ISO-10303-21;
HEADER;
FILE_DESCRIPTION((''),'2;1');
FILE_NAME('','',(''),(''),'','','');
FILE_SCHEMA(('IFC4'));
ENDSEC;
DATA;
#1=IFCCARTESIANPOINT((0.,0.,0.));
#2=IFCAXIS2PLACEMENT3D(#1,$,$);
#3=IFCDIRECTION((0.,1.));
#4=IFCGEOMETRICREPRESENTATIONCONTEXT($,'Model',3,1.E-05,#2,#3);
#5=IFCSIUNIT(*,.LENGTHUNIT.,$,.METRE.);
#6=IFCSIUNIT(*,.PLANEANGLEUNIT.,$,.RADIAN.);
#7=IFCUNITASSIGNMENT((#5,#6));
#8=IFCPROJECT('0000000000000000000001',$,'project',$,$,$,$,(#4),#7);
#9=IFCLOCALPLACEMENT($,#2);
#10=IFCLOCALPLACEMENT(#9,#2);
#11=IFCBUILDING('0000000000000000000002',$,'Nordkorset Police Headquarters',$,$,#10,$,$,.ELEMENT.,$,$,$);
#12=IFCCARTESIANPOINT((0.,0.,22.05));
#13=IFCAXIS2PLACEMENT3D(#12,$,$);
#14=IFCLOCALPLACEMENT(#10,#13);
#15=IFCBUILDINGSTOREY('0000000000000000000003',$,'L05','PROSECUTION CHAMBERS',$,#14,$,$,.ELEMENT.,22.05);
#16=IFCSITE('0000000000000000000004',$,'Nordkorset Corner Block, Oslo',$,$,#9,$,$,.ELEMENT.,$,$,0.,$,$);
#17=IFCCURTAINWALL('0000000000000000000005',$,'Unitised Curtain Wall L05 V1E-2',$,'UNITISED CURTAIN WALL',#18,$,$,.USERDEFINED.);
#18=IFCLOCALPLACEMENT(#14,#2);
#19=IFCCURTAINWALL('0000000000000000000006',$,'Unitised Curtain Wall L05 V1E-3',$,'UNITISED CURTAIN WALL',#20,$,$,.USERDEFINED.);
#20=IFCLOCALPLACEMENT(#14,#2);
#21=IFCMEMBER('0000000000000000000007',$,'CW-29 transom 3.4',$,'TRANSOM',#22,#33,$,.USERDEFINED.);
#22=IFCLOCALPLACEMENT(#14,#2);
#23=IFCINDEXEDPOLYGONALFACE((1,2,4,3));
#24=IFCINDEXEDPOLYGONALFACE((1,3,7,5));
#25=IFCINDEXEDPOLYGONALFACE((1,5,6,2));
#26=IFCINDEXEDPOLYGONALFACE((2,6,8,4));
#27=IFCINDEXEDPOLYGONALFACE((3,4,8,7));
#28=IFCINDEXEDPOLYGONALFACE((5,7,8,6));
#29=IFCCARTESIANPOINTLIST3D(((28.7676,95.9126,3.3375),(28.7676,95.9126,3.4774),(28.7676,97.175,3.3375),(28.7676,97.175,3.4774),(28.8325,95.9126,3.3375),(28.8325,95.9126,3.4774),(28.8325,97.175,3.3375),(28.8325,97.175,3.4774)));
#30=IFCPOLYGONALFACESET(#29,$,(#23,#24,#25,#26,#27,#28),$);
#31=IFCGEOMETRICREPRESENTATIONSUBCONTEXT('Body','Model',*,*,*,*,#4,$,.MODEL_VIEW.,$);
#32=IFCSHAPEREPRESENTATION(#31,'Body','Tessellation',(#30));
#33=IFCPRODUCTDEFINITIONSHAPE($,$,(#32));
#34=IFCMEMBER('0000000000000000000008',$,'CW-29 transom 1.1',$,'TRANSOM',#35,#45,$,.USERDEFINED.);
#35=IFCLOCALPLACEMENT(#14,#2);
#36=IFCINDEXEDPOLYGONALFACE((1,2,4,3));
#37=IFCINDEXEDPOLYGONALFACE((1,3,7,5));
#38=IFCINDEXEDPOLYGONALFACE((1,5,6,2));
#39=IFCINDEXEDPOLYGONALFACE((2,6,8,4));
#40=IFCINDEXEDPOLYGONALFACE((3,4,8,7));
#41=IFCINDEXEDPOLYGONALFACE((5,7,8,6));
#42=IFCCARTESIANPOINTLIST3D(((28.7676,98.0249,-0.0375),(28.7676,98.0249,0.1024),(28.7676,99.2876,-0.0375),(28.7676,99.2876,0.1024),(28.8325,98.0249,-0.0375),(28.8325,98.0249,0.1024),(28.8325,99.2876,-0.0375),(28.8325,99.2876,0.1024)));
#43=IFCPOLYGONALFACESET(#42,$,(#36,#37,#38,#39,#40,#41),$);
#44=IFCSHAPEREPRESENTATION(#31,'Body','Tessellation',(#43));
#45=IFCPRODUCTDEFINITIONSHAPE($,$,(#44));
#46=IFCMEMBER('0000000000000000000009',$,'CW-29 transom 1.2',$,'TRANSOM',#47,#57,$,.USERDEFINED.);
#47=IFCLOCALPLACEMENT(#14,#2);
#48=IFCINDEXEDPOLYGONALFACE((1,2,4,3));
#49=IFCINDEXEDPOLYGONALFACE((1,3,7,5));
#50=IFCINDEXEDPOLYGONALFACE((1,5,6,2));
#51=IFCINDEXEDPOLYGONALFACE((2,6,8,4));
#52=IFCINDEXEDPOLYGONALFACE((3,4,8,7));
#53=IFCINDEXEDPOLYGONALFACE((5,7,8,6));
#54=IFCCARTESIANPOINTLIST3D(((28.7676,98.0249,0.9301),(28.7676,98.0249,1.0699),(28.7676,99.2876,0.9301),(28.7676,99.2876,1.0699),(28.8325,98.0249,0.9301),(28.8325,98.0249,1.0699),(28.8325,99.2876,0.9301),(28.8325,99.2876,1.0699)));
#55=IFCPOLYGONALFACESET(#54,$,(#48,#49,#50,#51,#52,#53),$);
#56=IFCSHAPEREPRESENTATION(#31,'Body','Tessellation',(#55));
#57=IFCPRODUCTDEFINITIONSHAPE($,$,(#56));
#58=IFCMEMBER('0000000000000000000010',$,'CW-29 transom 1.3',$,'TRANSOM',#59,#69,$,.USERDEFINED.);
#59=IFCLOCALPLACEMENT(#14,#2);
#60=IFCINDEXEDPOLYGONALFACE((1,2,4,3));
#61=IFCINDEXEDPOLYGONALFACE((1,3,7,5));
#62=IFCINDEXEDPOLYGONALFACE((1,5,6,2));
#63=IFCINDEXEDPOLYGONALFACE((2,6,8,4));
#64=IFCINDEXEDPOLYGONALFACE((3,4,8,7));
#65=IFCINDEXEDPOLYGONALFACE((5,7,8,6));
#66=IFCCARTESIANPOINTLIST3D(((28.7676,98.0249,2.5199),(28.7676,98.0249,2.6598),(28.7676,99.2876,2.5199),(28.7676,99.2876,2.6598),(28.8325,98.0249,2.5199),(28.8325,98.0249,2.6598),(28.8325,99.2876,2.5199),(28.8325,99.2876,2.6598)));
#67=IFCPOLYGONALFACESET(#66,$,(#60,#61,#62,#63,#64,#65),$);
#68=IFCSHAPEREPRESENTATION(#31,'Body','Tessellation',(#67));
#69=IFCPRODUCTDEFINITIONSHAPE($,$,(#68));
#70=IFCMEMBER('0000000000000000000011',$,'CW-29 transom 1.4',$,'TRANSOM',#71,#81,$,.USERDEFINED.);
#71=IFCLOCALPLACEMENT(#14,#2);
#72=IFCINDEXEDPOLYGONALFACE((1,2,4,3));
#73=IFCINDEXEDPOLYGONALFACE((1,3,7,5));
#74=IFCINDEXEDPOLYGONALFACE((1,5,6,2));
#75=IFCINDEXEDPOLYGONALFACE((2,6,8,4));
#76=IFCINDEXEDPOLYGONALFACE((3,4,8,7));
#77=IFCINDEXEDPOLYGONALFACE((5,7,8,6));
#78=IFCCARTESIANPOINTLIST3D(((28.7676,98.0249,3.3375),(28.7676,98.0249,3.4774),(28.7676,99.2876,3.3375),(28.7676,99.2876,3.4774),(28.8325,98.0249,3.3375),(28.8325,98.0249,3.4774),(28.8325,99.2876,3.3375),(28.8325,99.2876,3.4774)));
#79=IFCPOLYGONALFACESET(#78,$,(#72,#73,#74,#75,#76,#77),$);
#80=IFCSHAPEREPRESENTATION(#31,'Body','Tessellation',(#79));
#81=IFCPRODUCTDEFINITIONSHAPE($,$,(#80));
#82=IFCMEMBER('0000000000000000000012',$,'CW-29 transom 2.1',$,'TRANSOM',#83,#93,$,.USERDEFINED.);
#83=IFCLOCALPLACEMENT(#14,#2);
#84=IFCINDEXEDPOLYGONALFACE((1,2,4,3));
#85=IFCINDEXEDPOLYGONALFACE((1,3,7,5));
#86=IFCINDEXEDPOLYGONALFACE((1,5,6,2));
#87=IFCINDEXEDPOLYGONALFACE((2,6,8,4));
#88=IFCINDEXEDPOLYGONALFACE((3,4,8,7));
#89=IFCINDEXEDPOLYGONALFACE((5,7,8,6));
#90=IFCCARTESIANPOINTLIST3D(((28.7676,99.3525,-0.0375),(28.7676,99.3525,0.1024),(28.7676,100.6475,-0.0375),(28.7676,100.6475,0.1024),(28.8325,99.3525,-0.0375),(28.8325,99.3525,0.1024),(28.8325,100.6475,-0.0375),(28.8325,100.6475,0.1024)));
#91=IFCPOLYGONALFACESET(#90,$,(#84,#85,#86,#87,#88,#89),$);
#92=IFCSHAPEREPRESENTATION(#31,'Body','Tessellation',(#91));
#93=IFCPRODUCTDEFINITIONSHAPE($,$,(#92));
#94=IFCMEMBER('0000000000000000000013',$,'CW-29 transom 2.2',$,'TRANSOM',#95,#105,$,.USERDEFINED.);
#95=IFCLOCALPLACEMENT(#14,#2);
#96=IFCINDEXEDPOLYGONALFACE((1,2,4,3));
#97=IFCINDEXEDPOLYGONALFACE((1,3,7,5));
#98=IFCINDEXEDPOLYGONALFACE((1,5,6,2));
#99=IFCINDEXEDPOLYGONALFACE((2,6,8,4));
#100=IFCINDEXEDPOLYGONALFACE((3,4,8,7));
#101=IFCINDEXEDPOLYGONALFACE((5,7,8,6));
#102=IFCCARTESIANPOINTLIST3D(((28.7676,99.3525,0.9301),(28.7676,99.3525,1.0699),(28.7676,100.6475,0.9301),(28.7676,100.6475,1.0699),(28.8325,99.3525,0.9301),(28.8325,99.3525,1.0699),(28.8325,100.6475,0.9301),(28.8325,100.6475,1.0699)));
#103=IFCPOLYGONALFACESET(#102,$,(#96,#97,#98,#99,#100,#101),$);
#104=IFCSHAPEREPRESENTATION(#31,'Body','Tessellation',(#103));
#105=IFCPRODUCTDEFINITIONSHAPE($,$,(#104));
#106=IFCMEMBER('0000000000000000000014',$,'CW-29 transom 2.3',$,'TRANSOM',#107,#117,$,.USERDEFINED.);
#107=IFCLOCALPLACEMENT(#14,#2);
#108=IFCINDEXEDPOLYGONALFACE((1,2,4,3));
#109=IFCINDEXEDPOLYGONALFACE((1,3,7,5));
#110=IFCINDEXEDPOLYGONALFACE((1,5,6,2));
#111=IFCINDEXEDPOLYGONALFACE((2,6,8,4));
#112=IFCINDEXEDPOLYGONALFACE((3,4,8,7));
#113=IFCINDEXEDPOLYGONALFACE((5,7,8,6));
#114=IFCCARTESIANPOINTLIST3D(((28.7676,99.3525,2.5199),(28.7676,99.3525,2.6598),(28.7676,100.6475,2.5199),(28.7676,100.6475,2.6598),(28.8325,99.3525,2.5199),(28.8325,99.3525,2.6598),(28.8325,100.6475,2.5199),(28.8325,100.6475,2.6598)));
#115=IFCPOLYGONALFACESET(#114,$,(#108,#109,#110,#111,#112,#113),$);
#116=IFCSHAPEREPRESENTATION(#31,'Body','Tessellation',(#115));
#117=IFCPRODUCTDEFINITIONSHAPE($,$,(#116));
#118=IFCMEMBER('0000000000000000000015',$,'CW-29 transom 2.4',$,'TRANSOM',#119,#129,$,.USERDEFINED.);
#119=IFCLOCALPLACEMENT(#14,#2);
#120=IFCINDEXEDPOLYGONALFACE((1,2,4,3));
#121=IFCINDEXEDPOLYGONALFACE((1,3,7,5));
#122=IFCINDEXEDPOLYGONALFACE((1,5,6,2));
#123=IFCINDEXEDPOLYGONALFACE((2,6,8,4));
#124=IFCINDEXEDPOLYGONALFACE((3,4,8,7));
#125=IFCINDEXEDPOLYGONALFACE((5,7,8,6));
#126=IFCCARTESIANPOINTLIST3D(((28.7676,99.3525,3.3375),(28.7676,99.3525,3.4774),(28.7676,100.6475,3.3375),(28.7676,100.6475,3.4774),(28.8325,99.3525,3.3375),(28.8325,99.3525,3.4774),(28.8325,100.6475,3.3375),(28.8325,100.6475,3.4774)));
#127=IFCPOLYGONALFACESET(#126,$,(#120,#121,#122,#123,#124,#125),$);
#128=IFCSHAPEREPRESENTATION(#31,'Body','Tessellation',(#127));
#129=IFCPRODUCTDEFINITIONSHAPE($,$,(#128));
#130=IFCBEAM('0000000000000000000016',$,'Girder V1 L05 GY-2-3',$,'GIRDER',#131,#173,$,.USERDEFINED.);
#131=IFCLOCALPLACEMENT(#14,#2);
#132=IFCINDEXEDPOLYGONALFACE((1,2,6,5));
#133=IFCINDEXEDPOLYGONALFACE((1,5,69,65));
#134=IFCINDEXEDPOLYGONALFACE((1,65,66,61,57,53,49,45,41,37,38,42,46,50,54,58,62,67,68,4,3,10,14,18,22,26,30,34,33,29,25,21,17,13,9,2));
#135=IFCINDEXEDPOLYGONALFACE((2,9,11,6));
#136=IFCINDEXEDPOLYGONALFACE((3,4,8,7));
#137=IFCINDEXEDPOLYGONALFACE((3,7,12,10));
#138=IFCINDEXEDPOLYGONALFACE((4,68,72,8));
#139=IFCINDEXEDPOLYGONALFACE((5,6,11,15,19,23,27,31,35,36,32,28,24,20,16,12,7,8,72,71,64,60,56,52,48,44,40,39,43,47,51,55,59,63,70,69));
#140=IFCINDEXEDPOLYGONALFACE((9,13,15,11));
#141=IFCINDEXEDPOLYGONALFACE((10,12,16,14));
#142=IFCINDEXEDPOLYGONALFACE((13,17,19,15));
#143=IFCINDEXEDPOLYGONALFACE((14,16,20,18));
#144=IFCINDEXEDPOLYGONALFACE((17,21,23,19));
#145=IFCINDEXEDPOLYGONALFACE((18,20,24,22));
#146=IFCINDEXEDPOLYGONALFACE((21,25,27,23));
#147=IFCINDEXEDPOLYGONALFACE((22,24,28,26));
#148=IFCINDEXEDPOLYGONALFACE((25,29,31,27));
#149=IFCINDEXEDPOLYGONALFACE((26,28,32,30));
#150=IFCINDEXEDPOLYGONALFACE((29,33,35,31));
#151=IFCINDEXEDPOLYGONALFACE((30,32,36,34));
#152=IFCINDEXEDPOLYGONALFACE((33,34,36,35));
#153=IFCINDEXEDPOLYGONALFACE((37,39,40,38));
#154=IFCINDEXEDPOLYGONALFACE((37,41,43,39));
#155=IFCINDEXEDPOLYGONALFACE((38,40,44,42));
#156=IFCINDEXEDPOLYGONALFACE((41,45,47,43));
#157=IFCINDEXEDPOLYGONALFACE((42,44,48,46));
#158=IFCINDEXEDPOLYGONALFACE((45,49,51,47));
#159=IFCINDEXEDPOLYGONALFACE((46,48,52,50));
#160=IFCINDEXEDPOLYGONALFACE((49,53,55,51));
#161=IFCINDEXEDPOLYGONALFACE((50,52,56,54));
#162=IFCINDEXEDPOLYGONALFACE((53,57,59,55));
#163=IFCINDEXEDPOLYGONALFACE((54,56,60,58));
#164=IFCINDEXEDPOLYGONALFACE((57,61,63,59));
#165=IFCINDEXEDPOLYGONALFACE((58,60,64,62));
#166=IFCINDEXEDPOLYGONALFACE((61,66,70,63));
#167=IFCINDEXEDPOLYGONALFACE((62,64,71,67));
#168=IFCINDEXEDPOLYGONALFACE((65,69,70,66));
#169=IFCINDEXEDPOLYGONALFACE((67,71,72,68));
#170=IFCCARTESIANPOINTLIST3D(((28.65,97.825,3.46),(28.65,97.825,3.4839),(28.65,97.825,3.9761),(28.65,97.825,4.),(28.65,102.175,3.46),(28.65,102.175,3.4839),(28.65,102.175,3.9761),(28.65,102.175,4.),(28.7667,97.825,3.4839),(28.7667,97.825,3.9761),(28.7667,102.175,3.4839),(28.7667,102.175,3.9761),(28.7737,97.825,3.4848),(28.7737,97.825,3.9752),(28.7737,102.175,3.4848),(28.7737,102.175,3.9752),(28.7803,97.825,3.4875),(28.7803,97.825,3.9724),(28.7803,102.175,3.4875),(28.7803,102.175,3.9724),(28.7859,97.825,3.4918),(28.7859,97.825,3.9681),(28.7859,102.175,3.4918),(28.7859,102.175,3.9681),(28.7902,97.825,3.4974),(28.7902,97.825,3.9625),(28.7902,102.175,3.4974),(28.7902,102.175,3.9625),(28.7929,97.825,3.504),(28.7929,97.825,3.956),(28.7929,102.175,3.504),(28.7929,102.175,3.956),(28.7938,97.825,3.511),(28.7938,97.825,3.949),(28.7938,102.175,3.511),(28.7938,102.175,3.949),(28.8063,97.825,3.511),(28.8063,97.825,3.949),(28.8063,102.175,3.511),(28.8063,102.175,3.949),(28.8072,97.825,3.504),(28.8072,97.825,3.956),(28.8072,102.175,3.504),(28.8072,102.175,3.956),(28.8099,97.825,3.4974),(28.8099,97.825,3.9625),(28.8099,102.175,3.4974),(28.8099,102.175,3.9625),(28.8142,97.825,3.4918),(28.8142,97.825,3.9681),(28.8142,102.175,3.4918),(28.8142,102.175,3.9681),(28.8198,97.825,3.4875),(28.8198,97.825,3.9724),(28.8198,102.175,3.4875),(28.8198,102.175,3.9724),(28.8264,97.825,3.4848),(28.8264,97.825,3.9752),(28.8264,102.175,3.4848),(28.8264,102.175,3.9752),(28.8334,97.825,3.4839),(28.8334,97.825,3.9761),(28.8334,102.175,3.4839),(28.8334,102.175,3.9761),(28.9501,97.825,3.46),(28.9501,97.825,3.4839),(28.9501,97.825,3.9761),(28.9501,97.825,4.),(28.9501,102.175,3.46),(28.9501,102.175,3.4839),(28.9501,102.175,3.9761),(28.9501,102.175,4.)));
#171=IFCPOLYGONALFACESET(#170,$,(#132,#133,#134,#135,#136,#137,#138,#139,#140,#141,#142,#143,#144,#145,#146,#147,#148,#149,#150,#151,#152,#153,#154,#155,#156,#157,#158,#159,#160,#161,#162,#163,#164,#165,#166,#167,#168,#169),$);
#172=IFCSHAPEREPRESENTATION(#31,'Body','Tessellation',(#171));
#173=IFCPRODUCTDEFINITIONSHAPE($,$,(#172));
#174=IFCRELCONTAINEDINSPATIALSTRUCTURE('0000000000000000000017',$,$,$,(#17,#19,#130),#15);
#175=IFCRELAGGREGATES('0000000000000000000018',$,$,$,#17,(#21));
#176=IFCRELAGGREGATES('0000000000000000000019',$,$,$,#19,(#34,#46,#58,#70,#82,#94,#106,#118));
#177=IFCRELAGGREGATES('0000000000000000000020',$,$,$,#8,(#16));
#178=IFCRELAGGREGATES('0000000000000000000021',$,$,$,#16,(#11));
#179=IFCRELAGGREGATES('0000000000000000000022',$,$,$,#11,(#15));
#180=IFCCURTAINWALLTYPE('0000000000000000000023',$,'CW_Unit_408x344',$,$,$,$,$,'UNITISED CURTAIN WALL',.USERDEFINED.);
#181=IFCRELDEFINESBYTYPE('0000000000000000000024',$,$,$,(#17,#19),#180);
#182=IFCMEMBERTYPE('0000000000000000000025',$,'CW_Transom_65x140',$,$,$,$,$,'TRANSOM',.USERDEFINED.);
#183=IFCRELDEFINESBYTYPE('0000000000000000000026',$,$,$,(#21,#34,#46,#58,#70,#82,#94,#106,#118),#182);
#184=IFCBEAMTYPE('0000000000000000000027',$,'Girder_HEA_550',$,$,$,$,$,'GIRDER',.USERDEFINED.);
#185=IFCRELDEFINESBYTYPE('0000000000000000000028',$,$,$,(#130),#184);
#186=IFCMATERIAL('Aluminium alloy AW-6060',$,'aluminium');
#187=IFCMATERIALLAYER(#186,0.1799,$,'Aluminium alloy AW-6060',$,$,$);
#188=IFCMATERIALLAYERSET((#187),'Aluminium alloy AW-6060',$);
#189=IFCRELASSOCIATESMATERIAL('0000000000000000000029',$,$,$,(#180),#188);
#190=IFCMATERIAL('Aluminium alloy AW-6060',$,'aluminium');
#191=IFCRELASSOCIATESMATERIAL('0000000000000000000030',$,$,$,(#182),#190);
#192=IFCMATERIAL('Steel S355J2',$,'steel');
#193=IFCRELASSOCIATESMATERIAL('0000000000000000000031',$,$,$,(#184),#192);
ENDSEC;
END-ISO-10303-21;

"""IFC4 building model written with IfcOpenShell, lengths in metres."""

from ifc_helpers import new_model, si_unit, direction, frame, origin, origin_2d, place, context, subcontext, project, spatial, rectangle, i_section, extrude, material, layer, layer_set, material_profile, profile_set, type_object, element, aggregate, save


model = new_model("IFC4")

# Units and contexts
model_context = context("Model", 3, precision=1e-05, world=origin(), true_north=direction((0.0, 1.0)))
body_context = subcontext(model_context, "Body", "Model", "MODEL_VIEW")
ifc_project = project(units=[si_unit("LENGTHUNIT", "METRE"), si_unit("PLANEANGLEUNIT", "RADIAN")], contexts=[model_context])

# Site, building, storey
site_placement = place(None, origin())
site = spatial("IfcSite", under=ifc_project, at=site_placement, Name="Nordkorset Corner Block, Oslo", CompositionType="ELEMENT", RefElevation=0.0)
building_placement = place(site_placement, origin())
building = spatial("IfcBuilding", under=site, at=building_placement, Name="Nordkorset Police Headquarters", CompositionType="ELEMENT")
storey_placement = place(building_placement, frame((0.0, 0.0, 22.05)))
storey = spatial("IfcBuildingStorey", under=building, at=storey_placement, Name="L05", Description="PROSECUTION CHAMBERS", CompositionType="ELEMENT", Elevation=22.05)

# Curtain walls
ifc_material_1 = material(Name="Aluminium alloy AW-6060", Category="aluminium")
ifc_layer_1 = layer(ifc_material_1, 0.1799, Name="Aluminium alloy AW-6060")
ifc_layer_set_1 = layer_set([ifc_layer_1], Name="Aluminium alloy AW-6060")
curtain_wall_type = type_object("IfcCurtainWallType", Name="CW_Unit_408x344", ElementType="UNITISED CURTAIN WALL", PredefinedType="USERDEFINED", material=ifc_layer_set_1)
curtain_wall_1_placement = place(storey_placement, origin())
curtain_wall_1 = element("IfcCurtainWall", 1, at=curtain_wall_1_placement, inside=storey, type_object=curtain_wall_type, Name="Unitised Curtain Wall L05 V1E-2", ObjectType="UNITISED CURTAIN WALL", PredefinedType="USERDEFINED")
curtain_wall_2_placement = place(storey_placement, origin())
curtain_wall_2 = element("IfcCurtainWall", 2, at=curtain_wall_2_placement, inside=storey, type_object=curtain_wall_type, Name="Unitised Curtain Wall L05 V1E-3", ObjectType="UNITISED CURTAIN WALL", PredefinedType="USERDEFINED")

# Members
ifc_material_2 = material(Name="Aluminium alloy AW-6060", Category="aluminium")
ifc_material_profile_1 = material_profile(ifc_material_2, rectangle(XDim=0.0649, YDim=0.1399, at=origin_2d()), Name="ALU TRAN 65x140")
ifc_profile_set_1 = profile_set([ifc_material_profile_1], Name="Aluminium alloy AW-6060")
member_type_1 = type_object("IfcMemberType", Name="CW_Transom_65x140", ElementType="TRANSOM", PredefinedType="USERDEFINED", material=ifc_profile_set_1)
member_1_placement = place(storey_placement, frame((28.8, 95.9126, 3.4075), z_axis=(0.0, 1.0, 0.0), x_axis=(-1.0, 0.0, 0.0)))
member_1 = element("IfcMember", 3, at=member_1_placement, type_object=member_type_1, Name="CW-29 transom 3.4", ObjectType="TRANSOM", PredefinedType="USERDEFINED", context=body_context, shape_type="SweptSolid", body=[
    extrude(rectangle(XDim=0.0649, YDim=0.1399, at=origin_2d()), origin(), (0.0, 0.0, 1.0), 1.2625),
])
member_2_placement = place(storey_placement, frame((28.8, 98.0249, 0.0325), z_axis=(0.0, 1.0, 0.0), x_axis=(-1.0, 0.0, 0.0)))
member_2 = element("IfcMember", 4, at=member_2_placement, type_object=member_type_1, Name="CW-29 transom 1.1", ObjectType="TRANSOM", PredefinedType="USERDEFINED", context=body_context, shape_type="SweptSolid", body=[
    extrude(rectangle(XDim=0.0649, YDim=0.1399, at=origin_2d()), origin(), (0.0, 0.0, 1.0), 1.2627),
])
member_3_placement = place(storey_placement, frame((28.8, 98.0249, 1.0), z_axis=(0.0, 1.0, 0.0), x_axis=(-1.0, 0.0, 0.0)))
member_3 = element("IfcMember", 5, at=member_3_placement, type_object=member_type_1, Name="CW-29 transom 1.2", ObjectType="TRANSOM", PredefinedType="USERDEFINED", context=body_context, shape_type="SweptSolid", body=[
    extrude(rectangle(XDim=0.0649, YDim=0.1399, at=origin_2d()), origin(), (0.0, 0.0, 1.0), 1.2627),
])
member_4_placement = place(storey_placement, frame((28.8, 98.0249, 2.5898), z_axis=(0.0, 1.0, 0.0), x_axis=(-1.0, 0.0, 0.0)))
member_4 = element("IfcMember", 6, at=member_4_placement, type_object=member_type_1, Name="CW-29 transom 1.3", ObjectType="TRANSOM", PredefinedType="USERDEFINED", context=body_context, shape_type="SweptSolid", body=[
    extrude(rectangle(XDim=0.0649, YDim=0.1399, at=origin_2d()), origin(), (0.0, 0.0, 1.0), 1.2627),
])
member_5_placement = place(storey_placement, frame((28.8, 98.0249, 3.4075), z_axis=(0.0, 1.0, 0.0), x_axis=(-1.0, 0.0, 0.0)))
member_5 = element("IfcMember", 7, at=member_5_placement, type_object=member_type_1, Name="CW-29 transom 1.4", ObjectType="TRANSOM", PredefinedType="USERDEFINED", context=body_context, shape_type="SweptSolid", body=[
    extrude(rectangle(XDim=0.0649, YDim=0.1399, at=origin_2d()), origin(), (0.0, 0.0, 1.0), 1.2627),
])
member_6_placement = place(storey_placement, frame((28.8, 99.3525, 0.0325), z_axis=(0.0, 1.0, 0.0), x_axis=(-1.0, 0.0, 0.0)))
member_6 = element("IfcMember", 8, at=member_6_placement, type_object=member_type_1, Name="CW-29 transom 2.1", ObjectType="TRANSOM", PredefinedType="USERDEFINED", context=body_context, shape_type="SweptSolid", body=[
    extrude(rectangle(XDim=0.0649, YDim=0.1399, at=origin_2d()), origin(), (0.0, 0.0, 1.0), 1.2949),
])
member_7_placement = place(storey_placement, frame((28.8, 99.3525, 1.0), z_axis=(0.0, 1.0, 0.0), x_axis=(-1.0, 0.0, 0.0)))
member_7 = element("IfcMember", 9, at=member_7_placement, type_object=member_type_1, Name="CW-29 transom 2.2", ObjectType="TRANSOM", PredefinedType="USERDEFINED", context=body_context, shape_type="SweptSolid", body=[
    extrude(rectangle(XDim=0.0649, YDim=0.1399, at=origin_2d()), origin(), (0.0, 0.0, 1.0), 1.2949),
])
member_8_placement = place(storey_placement, frame((28.8, 99.3525, 2.5898), z_axis=(0.0, 1.0, 0.0), x_axis=(-1.0, 0.0, 0.0)))
member_8 = element("IfcMember", 10, at=member_8_placement, type_object=member_type_1, Name="CW-29 transom 2.3", ObjectType="TRANSOM", PredefinedType="USERDEFINED", context=body_context, shape_type="SweptSolid", body=[
    extrude(rectangle(XDim=0.0649, YDim=0.1399, at=origin_2d()), origin(), (0.0, 0.0, 1.0), 1.2949),
])
member_9_placement = place(storey_placement, frame((28.8, 99.3525, 3.4075), z_axis=(0.0, 1.0, 0.0), x_axis=(-1.0, 0.0, 0.0)))
member_9 = element("IfcMember", 11, at=member_9_placement, type_object=member_type_1, Name="CW-29 transom 2.4", ObjectType="TRANSOM", PredefinedType="USERDEFINED", context=body_context, shape_type="SweptSolid", body=[
    extrude(rectangle(XDim=0.0649, YDim=0.1399, at=origin_2d()), origin(), (0.0, 0.0, 1.0), 1.2949),
])

# Beam
ifc_material_3 = material(Name="Steel S355J2", Category="steel")
ifc_material_profile_2 = material_profile(ifc_material_3, i_section(OverallWidth=0.3, OverallDepth=0.54, WebThickness=0.0125, FlangeThickness=0.0239, FilletRadius=0.0271, at=origin_2d()), Name="HEA 550")
ifc_profile_set_2 = profile_set([ifc_material_profile_2], Name="Steel S355J2")
beam_type_1 = type_object("IfcBeamType", Name="Girder_HEA_550", ElementType="GIRDER", PredefinedType="USERDEFINED", material=ifc_profile_set_2)
beam_1_placement = place(storey_placement, frame((28.8, 97.825, 3.73), z_axis=(0.0, 1.0, 0.0), x_axis=(-1.0, 0.0, 0.0)))
element("IfcBeam", 12, at=beam_1_placement, inside=storey, type_object=beam_type_1, Name="Girder V1 L05 GY-2-3", ObjectType="GIRDER", PredefinedType="USERDEFINED", context=body_context, shape_type="SweptSolid", body=[
    extrude(i_section(OverallWidth=0.3, OverallDepth=0.54, WebThickness=0.0125, FlangeThickness=0.0239, FilletRadius=0.0271, at=origin_2d()), origin(), (0.0, 0.0, 1.0), 4.3501),
])

aggregate(curtain_wall_1, [member_1])
aggregate(curtain_wall_2, [member_2, member_3, member_4, member_5, member_6, member_7, member_8, member_9])

save(model, "model.ifc")
